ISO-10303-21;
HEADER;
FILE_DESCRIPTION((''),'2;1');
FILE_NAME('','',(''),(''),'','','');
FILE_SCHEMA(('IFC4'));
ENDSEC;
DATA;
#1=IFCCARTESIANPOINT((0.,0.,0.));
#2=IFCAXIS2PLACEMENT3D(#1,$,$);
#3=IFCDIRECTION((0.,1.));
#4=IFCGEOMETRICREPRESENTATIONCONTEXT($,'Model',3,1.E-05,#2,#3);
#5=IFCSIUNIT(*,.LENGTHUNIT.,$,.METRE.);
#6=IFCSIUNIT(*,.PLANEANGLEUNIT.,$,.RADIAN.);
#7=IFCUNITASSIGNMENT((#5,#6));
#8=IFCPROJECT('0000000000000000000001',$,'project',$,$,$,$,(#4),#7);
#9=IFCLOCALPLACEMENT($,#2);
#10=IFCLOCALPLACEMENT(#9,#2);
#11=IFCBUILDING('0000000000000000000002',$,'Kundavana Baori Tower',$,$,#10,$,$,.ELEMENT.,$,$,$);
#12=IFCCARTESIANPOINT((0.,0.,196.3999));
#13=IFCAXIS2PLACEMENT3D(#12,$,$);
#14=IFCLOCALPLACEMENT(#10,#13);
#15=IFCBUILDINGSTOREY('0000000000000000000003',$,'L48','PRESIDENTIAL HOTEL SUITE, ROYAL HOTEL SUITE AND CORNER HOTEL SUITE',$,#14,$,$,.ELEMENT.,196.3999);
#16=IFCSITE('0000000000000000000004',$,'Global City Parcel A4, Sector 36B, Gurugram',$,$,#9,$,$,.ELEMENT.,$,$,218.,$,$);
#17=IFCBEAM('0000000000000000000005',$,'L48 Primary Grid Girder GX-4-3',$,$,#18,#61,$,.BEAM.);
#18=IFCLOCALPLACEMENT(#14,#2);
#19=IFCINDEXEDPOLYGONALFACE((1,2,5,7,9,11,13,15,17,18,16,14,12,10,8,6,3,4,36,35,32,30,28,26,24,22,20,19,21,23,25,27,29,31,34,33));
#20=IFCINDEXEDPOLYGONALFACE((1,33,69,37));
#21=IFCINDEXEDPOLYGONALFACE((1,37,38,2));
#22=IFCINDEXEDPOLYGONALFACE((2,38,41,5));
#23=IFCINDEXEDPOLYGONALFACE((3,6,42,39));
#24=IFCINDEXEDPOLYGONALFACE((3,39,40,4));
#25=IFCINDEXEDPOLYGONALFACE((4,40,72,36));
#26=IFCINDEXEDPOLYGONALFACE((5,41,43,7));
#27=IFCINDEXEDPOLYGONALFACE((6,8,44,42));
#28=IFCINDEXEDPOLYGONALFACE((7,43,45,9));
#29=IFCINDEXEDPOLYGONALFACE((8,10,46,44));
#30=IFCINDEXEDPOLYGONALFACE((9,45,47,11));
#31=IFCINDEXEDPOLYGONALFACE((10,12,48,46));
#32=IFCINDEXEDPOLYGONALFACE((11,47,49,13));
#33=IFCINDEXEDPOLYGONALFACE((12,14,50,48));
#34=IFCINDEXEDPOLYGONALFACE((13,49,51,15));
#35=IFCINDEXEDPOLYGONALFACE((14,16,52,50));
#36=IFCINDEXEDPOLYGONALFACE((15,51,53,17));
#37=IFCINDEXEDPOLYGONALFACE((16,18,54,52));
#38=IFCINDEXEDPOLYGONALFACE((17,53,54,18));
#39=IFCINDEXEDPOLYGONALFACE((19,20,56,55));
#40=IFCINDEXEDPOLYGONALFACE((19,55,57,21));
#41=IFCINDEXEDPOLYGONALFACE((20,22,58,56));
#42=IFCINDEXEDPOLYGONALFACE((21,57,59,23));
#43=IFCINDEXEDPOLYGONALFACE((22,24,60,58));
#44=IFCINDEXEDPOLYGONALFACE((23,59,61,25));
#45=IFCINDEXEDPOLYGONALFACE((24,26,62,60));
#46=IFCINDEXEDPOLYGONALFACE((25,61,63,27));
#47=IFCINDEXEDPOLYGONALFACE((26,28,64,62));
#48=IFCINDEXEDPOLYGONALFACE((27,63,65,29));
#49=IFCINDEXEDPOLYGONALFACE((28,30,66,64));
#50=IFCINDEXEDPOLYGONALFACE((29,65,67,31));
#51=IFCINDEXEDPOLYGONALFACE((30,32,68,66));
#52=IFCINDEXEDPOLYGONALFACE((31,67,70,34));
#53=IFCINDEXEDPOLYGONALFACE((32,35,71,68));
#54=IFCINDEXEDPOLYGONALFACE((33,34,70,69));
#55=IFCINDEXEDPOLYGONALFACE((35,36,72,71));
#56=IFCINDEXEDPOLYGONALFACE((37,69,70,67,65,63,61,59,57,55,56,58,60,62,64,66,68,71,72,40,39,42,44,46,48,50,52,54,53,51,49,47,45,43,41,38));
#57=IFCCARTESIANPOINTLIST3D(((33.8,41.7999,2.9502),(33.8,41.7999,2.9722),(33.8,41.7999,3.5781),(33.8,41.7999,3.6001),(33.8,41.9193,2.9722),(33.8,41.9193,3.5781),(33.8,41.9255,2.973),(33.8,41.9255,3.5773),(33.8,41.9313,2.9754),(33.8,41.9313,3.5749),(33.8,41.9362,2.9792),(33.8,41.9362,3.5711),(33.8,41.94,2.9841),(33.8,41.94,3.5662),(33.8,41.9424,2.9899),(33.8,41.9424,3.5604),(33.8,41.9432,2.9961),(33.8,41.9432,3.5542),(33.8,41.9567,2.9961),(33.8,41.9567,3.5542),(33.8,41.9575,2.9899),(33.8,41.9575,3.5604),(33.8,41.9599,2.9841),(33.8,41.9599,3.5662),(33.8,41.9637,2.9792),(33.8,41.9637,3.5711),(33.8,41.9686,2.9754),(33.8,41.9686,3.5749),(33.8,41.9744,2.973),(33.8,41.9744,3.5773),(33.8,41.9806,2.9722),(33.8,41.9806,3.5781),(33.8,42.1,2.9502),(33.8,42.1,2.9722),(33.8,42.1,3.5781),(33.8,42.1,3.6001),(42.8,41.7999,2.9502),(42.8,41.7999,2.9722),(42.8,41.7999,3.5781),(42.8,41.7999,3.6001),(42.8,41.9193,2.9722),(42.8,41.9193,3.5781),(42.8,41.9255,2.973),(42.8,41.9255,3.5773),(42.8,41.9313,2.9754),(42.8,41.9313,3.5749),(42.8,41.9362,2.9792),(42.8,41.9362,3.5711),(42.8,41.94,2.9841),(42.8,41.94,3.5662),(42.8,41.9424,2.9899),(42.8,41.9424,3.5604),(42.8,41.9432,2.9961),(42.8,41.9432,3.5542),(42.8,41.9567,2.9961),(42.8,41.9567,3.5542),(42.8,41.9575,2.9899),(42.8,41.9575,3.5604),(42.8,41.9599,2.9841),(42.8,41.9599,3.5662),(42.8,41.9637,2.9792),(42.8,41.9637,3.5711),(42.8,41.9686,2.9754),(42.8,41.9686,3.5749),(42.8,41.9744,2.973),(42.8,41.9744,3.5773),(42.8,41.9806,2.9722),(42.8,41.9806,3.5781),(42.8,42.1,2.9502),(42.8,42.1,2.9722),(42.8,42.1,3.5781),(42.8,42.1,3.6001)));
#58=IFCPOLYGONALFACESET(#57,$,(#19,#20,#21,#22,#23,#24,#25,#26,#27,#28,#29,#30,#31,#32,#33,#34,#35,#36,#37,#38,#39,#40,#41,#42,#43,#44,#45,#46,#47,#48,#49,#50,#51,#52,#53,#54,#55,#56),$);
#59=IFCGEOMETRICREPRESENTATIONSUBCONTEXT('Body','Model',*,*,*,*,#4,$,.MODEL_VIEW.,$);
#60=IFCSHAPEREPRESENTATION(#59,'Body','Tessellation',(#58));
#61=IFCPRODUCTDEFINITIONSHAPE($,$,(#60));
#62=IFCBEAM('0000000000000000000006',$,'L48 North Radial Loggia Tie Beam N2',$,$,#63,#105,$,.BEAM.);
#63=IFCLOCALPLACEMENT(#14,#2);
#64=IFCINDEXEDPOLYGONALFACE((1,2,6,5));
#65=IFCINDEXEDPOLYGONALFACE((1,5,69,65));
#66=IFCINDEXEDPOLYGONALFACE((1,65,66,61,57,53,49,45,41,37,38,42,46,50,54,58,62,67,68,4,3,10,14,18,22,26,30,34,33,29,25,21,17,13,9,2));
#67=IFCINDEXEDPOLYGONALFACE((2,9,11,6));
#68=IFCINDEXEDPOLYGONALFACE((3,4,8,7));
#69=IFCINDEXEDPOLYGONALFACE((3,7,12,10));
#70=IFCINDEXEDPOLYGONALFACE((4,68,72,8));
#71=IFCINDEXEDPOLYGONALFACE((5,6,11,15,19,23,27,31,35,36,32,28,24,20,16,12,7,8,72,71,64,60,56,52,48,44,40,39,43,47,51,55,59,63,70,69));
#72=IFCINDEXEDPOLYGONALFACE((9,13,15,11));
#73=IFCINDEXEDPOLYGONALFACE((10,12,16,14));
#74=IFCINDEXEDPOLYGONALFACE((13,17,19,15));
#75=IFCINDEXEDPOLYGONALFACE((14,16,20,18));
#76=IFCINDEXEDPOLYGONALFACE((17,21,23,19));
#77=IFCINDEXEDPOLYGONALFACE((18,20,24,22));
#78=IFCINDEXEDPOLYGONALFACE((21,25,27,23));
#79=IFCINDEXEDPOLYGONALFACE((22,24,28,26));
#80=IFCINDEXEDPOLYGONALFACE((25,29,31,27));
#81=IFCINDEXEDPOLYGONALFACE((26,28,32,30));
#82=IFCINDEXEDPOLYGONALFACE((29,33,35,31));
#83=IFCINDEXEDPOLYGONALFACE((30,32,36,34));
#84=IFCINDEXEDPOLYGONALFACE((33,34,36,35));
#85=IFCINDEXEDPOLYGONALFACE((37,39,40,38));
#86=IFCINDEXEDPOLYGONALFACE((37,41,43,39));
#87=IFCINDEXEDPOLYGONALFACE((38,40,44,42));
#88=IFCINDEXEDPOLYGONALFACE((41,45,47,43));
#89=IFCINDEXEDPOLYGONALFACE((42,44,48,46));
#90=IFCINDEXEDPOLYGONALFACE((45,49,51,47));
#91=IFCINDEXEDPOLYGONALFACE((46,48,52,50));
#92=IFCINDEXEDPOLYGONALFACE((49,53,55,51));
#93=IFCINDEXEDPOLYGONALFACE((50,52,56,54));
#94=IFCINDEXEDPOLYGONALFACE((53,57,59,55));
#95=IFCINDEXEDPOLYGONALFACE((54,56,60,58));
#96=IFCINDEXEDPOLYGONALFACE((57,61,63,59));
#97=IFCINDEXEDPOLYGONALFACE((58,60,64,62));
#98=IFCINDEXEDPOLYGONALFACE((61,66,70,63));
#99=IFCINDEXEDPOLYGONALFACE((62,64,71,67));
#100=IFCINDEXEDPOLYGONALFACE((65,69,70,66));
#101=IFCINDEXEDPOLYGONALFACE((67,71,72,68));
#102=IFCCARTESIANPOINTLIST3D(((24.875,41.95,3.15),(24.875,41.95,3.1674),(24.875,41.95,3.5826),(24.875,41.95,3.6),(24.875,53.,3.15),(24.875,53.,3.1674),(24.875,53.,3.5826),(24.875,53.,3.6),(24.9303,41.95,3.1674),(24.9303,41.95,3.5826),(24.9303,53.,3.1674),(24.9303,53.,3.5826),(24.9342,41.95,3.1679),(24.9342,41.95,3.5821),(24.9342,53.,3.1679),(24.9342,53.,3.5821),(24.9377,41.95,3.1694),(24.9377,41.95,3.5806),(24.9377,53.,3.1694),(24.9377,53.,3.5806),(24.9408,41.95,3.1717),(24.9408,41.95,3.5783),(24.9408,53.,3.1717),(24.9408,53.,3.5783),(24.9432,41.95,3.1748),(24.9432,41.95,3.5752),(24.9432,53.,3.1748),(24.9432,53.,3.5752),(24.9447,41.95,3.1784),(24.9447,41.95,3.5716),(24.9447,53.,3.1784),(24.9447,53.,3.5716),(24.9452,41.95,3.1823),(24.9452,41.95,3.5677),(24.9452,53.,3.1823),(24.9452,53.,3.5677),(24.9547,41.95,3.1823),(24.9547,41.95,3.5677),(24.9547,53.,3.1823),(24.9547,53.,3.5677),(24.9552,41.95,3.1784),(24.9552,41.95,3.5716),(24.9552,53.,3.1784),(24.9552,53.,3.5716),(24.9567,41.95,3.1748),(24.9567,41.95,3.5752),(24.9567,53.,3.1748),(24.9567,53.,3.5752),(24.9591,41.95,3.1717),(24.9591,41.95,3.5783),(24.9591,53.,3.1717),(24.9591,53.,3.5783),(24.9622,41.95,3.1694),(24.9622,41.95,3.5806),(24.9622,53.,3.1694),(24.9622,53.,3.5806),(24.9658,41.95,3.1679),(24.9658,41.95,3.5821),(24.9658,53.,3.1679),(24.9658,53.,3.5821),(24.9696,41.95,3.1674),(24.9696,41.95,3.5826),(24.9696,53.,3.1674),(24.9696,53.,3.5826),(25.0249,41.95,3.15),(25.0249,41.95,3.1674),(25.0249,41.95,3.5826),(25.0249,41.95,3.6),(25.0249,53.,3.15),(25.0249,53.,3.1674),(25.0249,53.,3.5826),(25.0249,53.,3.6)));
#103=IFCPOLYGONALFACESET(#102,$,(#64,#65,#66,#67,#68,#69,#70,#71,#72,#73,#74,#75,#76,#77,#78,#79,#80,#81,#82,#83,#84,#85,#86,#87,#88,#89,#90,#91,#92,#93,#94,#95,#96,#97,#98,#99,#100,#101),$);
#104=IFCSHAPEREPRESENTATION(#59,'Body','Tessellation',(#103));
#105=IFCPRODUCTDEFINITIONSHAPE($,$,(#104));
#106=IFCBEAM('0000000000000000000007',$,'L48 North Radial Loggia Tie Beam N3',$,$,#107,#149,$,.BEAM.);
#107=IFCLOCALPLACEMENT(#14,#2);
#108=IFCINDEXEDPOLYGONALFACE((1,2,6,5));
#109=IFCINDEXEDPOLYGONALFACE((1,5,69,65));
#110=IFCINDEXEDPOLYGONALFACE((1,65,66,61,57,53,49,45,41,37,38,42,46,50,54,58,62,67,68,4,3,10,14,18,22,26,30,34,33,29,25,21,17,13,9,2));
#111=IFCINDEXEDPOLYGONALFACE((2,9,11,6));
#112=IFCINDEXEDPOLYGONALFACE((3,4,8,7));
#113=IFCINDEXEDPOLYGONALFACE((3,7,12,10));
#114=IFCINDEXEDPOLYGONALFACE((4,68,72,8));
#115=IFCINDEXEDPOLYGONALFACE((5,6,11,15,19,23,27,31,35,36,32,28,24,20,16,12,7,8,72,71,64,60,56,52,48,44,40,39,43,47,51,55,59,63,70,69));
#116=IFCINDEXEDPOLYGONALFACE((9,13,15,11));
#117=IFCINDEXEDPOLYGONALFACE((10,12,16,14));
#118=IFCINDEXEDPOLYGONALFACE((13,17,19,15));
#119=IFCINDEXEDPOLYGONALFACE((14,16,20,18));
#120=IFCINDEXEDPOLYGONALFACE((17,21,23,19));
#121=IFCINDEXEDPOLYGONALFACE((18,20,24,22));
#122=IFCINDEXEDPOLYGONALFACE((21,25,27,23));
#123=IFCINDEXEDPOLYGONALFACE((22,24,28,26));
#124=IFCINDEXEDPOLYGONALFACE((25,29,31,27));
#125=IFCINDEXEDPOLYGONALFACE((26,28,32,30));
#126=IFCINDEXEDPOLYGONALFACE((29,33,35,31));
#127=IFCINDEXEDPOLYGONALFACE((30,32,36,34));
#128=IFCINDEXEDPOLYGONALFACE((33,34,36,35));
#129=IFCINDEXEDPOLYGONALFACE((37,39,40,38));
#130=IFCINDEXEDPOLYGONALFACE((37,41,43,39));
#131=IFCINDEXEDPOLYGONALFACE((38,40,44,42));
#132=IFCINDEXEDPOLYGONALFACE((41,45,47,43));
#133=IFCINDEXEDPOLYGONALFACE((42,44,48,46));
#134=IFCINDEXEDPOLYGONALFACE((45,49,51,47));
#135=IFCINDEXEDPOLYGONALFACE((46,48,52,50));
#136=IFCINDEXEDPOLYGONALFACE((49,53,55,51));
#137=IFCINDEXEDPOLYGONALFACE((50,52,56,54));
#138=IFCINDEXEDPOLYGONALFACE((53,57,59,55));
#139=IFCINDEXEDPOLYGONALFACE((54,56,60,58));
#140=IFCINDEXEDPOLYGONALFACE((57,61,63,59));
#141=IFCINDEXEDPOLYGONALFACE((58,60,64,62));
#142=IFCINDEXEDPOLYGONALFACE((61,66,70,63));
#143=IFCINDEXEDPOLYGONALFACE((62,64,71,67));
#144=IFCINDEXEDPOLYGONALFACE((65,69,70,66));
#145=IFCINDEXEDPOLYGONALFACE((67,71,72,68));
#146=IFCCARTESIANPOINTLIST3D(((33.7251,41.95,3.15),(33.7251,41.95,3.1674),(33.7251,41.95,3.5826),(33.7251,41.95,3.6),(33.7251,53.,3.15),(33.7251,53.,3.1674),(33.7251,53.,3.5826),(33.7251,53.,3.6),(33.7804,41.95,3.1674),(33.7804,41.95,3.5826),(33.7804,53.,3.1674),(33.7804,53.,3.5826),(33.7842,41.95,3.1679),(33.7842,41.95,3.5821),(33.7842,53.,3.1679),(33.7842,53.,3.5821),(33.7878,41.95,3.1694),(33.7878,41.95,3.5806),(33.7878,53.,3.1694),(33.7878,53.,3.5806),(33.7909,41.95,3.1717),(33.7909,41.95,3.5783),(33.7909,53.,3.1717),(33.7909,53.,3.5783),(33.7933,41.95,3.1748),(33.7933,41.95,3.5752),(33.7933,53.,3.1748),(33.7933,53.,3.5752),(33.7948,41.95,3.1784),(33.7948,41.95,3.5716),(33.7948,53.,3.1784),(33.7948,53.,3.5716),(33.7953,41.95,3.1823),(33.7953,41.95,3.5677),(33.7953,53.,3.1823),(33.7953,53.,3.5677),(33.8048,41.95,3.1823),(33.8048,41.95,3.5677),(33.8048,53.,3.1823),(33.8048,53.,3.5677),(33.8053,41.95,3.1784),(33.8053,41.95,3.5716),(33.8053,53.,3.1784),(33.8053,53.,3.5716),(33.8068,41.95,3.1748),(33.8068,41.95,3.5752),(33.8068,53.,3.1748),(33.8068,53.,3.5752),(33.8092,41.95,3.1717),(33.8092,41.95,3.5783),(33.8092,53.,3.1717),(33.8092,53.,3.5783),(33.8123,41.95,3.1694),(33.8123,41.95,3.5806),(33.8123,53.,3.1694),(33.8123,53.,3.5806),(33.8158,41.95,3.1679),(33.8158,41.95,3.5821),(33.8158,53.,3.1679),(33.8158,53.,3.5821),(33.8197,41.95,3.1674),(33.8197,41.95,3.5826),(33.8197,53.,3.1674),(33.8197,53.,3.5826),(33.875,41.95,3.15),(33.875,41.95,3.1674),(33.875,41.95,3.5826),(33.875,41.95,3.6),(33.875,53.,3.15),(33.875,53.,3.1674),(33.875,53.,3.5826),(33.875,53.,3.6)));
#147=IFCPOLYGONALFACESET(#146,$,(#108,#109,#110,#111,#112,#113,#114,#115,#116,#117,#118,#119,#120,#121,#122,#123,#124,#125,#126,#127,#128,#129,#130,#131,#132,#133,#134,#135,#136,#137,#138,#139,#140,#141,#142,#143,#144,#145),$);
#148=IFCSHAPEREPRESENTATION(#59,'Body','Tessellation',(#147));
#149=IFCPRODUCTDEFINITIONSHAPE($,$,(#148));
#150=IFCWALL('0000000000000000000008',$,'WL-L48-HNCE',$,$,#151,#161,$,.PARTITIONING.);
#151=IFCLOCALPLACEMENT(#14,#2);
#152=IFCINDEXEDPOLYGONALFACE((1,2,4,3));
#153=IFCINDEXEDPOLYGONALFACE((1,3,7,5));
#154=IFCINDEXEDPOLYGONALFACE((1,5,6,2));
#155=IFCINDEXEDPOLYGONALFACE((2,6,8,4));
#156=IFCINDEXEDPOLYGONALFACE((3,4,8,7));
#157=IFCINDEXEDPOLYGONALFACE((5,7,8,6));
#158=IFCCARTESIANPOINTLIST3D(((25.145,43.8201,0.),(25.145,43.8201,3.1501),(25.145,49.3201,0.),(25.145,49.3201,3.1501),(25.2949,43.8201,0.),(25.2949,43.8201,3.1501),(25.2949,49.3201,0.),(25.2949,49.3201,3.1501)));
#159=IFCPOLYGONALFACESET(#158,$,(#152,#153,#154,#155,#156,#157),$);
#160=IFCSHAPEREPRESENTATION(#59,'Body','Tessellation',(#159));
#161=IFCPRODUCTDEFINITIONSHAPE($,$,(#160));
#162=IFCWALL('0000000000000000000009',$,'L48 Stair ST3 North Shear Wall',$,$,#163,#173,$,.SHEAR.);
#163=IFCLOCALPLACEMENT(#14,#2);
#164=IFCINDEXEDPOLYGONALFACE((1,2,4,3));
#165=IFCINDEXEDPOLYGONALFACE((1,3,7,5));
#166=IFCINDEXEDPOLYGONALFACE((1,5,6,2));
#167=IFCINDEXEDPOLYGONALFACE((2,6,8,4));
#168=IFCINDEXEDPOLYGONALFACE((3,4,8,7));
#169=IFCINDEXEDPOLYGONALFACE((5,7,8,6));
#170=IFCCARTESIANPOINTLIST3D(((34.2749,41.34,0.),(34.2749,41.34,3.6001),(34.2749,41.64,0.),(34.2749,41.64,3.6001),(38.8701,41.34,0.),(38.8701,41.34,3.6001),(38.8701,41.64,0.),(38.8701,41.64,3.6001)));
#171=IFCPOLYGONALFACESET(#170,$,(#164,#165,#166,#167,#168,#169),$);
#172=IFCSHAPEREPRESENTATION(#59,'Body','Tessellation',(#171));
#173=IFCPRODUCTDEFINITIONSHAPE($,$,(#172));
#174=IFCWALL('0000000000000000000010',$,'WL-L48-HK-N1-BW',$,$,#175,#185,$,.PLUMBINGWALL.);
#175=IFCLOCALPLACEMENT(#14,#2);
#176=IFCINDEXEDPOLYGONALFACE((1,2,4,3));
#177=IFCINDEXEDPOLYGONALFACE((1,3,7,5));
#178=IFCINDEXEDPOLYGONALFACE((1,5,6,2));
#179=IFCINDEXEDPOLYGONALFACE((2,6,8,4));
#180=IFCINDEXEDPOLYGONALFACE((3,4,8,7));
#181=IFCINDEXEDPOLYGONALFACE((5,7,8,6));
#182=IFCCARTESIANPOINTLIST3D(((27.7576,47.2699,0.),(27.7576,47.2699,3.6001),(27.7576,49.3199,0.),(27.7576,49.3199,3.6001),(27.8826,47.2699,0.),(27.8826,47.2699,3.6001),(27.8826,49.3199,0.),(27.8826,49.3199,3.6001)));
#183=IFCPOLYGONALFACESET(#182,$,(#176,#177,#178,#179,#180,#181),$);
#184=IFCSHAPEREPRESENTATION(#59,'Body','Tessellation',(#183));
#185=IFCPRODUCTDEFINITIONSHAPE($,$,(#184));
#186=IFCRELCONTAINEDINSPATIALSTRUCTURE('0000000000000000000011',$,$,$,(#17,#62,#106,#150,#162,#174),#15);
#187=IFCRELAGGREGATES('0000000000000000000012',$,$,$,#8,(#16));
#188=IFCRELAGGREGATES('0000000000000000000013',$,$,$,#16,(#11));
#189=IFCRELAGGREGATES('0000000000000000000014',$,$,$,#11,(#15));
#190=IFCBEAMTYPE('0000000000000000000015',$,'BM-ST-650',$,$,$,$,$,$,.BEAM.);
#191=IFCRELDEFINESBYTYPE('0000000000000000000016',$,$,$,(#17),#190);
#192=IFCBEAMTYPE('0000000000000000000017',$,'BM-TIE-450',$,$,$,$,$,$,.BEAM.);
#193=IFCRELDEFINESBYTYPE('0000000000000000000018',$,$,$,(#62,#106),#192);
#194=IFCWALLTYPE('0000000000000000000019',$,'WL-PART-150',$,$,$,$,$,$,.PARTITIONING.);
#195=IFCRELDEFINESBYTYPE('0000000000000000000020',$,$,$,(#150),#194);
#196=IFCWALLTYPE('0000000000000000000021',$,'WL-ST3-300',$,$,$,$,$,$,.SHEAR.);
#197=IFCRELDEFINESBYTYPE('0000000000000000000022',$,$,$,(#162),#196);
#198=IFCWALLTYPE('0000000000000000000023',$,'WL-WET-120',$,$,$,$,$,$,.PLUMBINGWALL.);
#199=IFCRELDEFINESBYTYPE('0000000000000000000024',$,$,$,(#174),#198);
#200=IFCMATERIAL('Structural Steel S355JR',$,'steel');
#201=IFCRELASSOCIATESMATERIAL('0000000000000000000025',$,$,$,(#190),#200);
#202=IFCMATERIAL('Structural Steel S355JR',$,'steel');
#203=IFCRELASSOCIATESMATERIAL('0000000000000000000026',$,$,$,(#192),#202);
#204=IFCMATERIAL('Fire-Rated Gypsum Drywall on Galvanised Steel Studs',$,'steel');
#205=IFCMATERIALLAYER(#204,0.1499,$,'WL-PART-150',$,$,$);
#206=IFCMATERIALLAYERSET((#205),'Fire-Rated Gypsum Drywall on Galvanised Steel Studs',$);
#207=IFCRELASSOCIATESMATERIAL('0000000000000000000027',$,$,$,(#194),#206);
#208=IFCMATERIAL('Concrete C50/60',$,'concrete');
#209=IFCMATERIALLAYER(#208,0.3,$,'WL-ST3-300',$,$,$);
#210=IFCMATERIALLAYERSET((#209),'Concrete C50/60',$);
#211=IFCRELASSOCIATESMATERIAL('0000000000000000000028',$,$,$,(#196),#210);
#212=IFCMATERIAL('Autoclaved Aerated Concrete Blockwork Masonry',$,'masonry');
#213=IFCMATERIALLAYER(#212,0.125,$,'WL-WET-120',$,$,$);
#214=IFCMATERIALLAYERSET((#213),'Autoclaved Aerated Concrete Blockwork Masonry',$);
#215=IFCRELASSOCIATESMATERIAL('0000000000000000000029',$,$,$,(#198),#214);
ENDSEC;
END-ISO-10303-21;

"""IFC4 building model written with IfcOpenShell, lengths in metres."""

from ifc_helpers import new_model, si_unit, direction, frame, frame_2d, origin, origin_2d, place, context, subcontext, project, spatial, rectangle, i_section, extrude, material, layer, layer_set, material_profile, profile_set, type_object, element, save


model = new_model("IFC4")

# Units and contexts
model_context = context("Model", 3, precision=1e-05, world=origin(), true_north=direction((0.0, 1.0)))
body_context = subcontext(model_context, "Body", "Model", "MODEL_VIEW")
ifc_project = project(units=[si_unit("LENGTHUNIT", "METRE"), si_unit("PLANEANGLEUNIT", "RADIAN")], contexts=[model_context])

# Site, building, storey
site_placement = place(None, origin())
site = spatial("IfcSite", under=ifc_project, at=site_placement, Name="Global City Parcel A4, Sector 36B, Gurugram", CompositionType="ELEMENT", RefElevation=218.0)
building_placement = place(site_placement, origin())
building = spatial("IfcBuilding", under=site, at=building_placement, Name="Kundavana Baori Tower", CompositionType="ELEMENT")
storey_placement = place(building_placement, frame((0.0, 0.0, 196.3999)))
storey = spatial("IfcBuildingStorey", under=building, at=storey_placement, Name="L48", Description="PRESIDENTIAL HOTEL SUITE, ROYAL HOTEL SUITE AND CORNER HOTEL SUITE", CompositionType="ELEMENT", Elevation=196.3999)

# Beams
ifc_material_1 = material(Name="Structural Steel S355JR", Category="steel")
ifc_material_profile_1 = material_profile(ifc_material_1, i_section(OverallWidth=0.3, OverallDepth=0.6499, WebThickness=0.0134, FlangeThickness=0.022, FilletRadius=0.0239, at=origin_2d()), Name="NPB 650x300x155")
ifc_profile_set_1 = profile_set([ifc_material_profile_1], Name="Structural Steel S355JR")
beam_type_1 = type_object("IfcBeamType", Name="BM-ST-650", PredefinedType="BEAM", material=ifc_profile_set_1)
beam_1_placement = place(storey_placement, frame((33.8, 41.95, 3.2751), z_axis=(1.0, 0.0, 0.0), x_axis=(0.0, 1.0, 0.0)))
element("IfcBeam", 1, at=beam_1_placement, inside=storey, type_object=beam_type_1, Name="L48 Primary Grid Girder GX-4-3", PredefinedType="BEAM", context=body_context, shape_type="SweptSolid", body=[
    extrude(i_section(OverallWidth=0.3, OverallDepth=0.6499, WebThickness=0.0134, FlangeThickness=0.022, FilletRadius=0.0239, at=origin_2d()), origin(), (0.0, 0.0, 1.0), 9.0),
])
ifc_material_2 = material(Name="Structural Steel S355JR", Category="steel")
ifc_material_profile_2 = material_profile(ifc_material_2, i_section(OverallWidth=0.1499, OverallDepth=0.45, WebThickness=0.0095, FlangeThickness=0.0173, FilletRadius=0.0149, at=origin_2d()), Name="ISMB 450")
ifc_profile_set_2 = profile_set([ifc_material_profile_2], Name="Structural Steel S355JR")
beam_type_2 = type_object("IfcBeamType", Name="BM-TIE-450", PredefinedType="BEAM", material=ifc_profile_set_2)
for number, where, z_axis, x_axis, name in (
    (2, (24.95, 41.95, 3.375), (0.0, 1.0, 0.0), (-1.0, 0.0, 0.0), "L48 North Radial Loggia Tie Beam N2"),
    (3, (33.8, 41.95, 3.375), (0.0, 1.0, 0.0), (-1.0, 0.0, 0.0), "L48 North Radial Loggia Tie Beam N3"),
):
    element("IfcBeam", number, at=place(storey_placement, frame(where, z_axis=z_axis, x_axis=x_axis)), inside=storey, type_object=beam_type_2, Name=name, PredefinedType="BEAM", context=body_context, shape_type="SweptSolid", body=[
        extrude(i_section(OverallWidth=0.1499, OverallDepth=0.45, WebThickness=0.0095, FlangeThickness=0.0173, FilletRadius=0.0149, at=origin_2d()), origin(), (0.0, 0.0, 1.0), 11.05),
    ])

# Walls
ifc_material_3 = material(Name="Fire-Rated Gypsum Drywall on Galvanised Steel Studs", Category="steel")
ifc_layer_1 = layer(ifc_material_3, 0.1499, Name="WL-PART-150")
ifc_layer_set_1 = layer_set([ifc_layer_1], Name="Fire-Rated Gypsum Drywall on Galvanised Steel Studs")
wall_type_1 = type_object("IfcWallType", Name="WL-PART-150", PredefinedType="PARTITIONING", material=ifc_layer_set_1)
wall_1_placement = place(storey_placement, frame((25.22, 43.8201, 0.0), z_axis=(0.0, 0.0, 1.0), x_axis=(0.0, 1.0, 0.0)))
element("IfcWall", 4, at=wall_1_placement, inside=storey, type_object=wall_type_1, Name="WL-L48-HNCE", PredefinedType="PARTITIONING", context=body_context, shape_type="SweptSolid", body=[
    extrude(rectangle(XDim=5.5, YDim=0.1499, at=frame_2d((2.75, 0.0))), origin(), (0.0, 0.0, 1.0), 3.1501),
])
ifc_material_4 = material(Name="Concrete C50/60", Category="concrete")
ifc_layer_2 = layer(ifc_material_4, 0.3, Name="WL-ST3-300")
ifc_layer_set_2 = layer_set([ifc_layer_2], Name="Concrete C50/60")
wall_type_2 = type_object("IfcWallType", Name="WL-ST3-300", PredefinedType="SHEAR", material=ifc_layer_set_2)
wall_2_placement = place(storey_placement, frame((34.2749, 41.49, 0.0), z_axis=(0.0, 0.0, 1.0), x_axis=(1.0, 0.0, 0.0)))
element("IfcWall", 5, at=wall_2_placement, inside=storey, type_object=wall_type_2, Name="L48 Stair ST3 North Shear Wall", PredefinedType="SHEAR", context=body_context, shape_type="SweptSolid", body=[
    extrude(rectangle(XDim=4.5952, YDim=0.3, at=frame_2d((2.2976, 0.0))), origin(), (0.0, 0.0, 1.0), 3.6001),
])
ifc_material_5 = material(Name="Autoclaved Aerated Concrete Blockwork Masonry", Category="masonry")
ifc_layer_3 = layer(ifc_material_5, 0.125, Name="WL-WET-120")
ifc_layer_set_3 = layer_set([ifc_layer_3], Name="Autoclaved Aerated Concrete Blockwork Masonry")
wall_type_3 = type_object("IfcWallType", Name="WL-WET-120", PredefinedType="PLUMBINGWALL", material=ifc_layer_set_3)
wall_3_placement = place(storey_placement, frame((27.8201, 47.27, 0.0), z_axis=(0.0, 0.0, 1.0), x_axis=(0.0, 1.0, 0.0)))
element("IfcWall", 6, at=wall_3_placement, inside=storey, type_object=wall_type_3, Name="WL-L48-HK-N1-BW", PredefinedType="PLUMBINGWALL", context=body_context, shape_type="SweptSolid", body=[
    extrude(rectangle(XDim=2.05, YDim=0.125, at=frame_2d((1.0249, 0.0))), origin(), (0.0, 0.0, 1.0), 3.6001),
])

save(model, "model.ifc")
